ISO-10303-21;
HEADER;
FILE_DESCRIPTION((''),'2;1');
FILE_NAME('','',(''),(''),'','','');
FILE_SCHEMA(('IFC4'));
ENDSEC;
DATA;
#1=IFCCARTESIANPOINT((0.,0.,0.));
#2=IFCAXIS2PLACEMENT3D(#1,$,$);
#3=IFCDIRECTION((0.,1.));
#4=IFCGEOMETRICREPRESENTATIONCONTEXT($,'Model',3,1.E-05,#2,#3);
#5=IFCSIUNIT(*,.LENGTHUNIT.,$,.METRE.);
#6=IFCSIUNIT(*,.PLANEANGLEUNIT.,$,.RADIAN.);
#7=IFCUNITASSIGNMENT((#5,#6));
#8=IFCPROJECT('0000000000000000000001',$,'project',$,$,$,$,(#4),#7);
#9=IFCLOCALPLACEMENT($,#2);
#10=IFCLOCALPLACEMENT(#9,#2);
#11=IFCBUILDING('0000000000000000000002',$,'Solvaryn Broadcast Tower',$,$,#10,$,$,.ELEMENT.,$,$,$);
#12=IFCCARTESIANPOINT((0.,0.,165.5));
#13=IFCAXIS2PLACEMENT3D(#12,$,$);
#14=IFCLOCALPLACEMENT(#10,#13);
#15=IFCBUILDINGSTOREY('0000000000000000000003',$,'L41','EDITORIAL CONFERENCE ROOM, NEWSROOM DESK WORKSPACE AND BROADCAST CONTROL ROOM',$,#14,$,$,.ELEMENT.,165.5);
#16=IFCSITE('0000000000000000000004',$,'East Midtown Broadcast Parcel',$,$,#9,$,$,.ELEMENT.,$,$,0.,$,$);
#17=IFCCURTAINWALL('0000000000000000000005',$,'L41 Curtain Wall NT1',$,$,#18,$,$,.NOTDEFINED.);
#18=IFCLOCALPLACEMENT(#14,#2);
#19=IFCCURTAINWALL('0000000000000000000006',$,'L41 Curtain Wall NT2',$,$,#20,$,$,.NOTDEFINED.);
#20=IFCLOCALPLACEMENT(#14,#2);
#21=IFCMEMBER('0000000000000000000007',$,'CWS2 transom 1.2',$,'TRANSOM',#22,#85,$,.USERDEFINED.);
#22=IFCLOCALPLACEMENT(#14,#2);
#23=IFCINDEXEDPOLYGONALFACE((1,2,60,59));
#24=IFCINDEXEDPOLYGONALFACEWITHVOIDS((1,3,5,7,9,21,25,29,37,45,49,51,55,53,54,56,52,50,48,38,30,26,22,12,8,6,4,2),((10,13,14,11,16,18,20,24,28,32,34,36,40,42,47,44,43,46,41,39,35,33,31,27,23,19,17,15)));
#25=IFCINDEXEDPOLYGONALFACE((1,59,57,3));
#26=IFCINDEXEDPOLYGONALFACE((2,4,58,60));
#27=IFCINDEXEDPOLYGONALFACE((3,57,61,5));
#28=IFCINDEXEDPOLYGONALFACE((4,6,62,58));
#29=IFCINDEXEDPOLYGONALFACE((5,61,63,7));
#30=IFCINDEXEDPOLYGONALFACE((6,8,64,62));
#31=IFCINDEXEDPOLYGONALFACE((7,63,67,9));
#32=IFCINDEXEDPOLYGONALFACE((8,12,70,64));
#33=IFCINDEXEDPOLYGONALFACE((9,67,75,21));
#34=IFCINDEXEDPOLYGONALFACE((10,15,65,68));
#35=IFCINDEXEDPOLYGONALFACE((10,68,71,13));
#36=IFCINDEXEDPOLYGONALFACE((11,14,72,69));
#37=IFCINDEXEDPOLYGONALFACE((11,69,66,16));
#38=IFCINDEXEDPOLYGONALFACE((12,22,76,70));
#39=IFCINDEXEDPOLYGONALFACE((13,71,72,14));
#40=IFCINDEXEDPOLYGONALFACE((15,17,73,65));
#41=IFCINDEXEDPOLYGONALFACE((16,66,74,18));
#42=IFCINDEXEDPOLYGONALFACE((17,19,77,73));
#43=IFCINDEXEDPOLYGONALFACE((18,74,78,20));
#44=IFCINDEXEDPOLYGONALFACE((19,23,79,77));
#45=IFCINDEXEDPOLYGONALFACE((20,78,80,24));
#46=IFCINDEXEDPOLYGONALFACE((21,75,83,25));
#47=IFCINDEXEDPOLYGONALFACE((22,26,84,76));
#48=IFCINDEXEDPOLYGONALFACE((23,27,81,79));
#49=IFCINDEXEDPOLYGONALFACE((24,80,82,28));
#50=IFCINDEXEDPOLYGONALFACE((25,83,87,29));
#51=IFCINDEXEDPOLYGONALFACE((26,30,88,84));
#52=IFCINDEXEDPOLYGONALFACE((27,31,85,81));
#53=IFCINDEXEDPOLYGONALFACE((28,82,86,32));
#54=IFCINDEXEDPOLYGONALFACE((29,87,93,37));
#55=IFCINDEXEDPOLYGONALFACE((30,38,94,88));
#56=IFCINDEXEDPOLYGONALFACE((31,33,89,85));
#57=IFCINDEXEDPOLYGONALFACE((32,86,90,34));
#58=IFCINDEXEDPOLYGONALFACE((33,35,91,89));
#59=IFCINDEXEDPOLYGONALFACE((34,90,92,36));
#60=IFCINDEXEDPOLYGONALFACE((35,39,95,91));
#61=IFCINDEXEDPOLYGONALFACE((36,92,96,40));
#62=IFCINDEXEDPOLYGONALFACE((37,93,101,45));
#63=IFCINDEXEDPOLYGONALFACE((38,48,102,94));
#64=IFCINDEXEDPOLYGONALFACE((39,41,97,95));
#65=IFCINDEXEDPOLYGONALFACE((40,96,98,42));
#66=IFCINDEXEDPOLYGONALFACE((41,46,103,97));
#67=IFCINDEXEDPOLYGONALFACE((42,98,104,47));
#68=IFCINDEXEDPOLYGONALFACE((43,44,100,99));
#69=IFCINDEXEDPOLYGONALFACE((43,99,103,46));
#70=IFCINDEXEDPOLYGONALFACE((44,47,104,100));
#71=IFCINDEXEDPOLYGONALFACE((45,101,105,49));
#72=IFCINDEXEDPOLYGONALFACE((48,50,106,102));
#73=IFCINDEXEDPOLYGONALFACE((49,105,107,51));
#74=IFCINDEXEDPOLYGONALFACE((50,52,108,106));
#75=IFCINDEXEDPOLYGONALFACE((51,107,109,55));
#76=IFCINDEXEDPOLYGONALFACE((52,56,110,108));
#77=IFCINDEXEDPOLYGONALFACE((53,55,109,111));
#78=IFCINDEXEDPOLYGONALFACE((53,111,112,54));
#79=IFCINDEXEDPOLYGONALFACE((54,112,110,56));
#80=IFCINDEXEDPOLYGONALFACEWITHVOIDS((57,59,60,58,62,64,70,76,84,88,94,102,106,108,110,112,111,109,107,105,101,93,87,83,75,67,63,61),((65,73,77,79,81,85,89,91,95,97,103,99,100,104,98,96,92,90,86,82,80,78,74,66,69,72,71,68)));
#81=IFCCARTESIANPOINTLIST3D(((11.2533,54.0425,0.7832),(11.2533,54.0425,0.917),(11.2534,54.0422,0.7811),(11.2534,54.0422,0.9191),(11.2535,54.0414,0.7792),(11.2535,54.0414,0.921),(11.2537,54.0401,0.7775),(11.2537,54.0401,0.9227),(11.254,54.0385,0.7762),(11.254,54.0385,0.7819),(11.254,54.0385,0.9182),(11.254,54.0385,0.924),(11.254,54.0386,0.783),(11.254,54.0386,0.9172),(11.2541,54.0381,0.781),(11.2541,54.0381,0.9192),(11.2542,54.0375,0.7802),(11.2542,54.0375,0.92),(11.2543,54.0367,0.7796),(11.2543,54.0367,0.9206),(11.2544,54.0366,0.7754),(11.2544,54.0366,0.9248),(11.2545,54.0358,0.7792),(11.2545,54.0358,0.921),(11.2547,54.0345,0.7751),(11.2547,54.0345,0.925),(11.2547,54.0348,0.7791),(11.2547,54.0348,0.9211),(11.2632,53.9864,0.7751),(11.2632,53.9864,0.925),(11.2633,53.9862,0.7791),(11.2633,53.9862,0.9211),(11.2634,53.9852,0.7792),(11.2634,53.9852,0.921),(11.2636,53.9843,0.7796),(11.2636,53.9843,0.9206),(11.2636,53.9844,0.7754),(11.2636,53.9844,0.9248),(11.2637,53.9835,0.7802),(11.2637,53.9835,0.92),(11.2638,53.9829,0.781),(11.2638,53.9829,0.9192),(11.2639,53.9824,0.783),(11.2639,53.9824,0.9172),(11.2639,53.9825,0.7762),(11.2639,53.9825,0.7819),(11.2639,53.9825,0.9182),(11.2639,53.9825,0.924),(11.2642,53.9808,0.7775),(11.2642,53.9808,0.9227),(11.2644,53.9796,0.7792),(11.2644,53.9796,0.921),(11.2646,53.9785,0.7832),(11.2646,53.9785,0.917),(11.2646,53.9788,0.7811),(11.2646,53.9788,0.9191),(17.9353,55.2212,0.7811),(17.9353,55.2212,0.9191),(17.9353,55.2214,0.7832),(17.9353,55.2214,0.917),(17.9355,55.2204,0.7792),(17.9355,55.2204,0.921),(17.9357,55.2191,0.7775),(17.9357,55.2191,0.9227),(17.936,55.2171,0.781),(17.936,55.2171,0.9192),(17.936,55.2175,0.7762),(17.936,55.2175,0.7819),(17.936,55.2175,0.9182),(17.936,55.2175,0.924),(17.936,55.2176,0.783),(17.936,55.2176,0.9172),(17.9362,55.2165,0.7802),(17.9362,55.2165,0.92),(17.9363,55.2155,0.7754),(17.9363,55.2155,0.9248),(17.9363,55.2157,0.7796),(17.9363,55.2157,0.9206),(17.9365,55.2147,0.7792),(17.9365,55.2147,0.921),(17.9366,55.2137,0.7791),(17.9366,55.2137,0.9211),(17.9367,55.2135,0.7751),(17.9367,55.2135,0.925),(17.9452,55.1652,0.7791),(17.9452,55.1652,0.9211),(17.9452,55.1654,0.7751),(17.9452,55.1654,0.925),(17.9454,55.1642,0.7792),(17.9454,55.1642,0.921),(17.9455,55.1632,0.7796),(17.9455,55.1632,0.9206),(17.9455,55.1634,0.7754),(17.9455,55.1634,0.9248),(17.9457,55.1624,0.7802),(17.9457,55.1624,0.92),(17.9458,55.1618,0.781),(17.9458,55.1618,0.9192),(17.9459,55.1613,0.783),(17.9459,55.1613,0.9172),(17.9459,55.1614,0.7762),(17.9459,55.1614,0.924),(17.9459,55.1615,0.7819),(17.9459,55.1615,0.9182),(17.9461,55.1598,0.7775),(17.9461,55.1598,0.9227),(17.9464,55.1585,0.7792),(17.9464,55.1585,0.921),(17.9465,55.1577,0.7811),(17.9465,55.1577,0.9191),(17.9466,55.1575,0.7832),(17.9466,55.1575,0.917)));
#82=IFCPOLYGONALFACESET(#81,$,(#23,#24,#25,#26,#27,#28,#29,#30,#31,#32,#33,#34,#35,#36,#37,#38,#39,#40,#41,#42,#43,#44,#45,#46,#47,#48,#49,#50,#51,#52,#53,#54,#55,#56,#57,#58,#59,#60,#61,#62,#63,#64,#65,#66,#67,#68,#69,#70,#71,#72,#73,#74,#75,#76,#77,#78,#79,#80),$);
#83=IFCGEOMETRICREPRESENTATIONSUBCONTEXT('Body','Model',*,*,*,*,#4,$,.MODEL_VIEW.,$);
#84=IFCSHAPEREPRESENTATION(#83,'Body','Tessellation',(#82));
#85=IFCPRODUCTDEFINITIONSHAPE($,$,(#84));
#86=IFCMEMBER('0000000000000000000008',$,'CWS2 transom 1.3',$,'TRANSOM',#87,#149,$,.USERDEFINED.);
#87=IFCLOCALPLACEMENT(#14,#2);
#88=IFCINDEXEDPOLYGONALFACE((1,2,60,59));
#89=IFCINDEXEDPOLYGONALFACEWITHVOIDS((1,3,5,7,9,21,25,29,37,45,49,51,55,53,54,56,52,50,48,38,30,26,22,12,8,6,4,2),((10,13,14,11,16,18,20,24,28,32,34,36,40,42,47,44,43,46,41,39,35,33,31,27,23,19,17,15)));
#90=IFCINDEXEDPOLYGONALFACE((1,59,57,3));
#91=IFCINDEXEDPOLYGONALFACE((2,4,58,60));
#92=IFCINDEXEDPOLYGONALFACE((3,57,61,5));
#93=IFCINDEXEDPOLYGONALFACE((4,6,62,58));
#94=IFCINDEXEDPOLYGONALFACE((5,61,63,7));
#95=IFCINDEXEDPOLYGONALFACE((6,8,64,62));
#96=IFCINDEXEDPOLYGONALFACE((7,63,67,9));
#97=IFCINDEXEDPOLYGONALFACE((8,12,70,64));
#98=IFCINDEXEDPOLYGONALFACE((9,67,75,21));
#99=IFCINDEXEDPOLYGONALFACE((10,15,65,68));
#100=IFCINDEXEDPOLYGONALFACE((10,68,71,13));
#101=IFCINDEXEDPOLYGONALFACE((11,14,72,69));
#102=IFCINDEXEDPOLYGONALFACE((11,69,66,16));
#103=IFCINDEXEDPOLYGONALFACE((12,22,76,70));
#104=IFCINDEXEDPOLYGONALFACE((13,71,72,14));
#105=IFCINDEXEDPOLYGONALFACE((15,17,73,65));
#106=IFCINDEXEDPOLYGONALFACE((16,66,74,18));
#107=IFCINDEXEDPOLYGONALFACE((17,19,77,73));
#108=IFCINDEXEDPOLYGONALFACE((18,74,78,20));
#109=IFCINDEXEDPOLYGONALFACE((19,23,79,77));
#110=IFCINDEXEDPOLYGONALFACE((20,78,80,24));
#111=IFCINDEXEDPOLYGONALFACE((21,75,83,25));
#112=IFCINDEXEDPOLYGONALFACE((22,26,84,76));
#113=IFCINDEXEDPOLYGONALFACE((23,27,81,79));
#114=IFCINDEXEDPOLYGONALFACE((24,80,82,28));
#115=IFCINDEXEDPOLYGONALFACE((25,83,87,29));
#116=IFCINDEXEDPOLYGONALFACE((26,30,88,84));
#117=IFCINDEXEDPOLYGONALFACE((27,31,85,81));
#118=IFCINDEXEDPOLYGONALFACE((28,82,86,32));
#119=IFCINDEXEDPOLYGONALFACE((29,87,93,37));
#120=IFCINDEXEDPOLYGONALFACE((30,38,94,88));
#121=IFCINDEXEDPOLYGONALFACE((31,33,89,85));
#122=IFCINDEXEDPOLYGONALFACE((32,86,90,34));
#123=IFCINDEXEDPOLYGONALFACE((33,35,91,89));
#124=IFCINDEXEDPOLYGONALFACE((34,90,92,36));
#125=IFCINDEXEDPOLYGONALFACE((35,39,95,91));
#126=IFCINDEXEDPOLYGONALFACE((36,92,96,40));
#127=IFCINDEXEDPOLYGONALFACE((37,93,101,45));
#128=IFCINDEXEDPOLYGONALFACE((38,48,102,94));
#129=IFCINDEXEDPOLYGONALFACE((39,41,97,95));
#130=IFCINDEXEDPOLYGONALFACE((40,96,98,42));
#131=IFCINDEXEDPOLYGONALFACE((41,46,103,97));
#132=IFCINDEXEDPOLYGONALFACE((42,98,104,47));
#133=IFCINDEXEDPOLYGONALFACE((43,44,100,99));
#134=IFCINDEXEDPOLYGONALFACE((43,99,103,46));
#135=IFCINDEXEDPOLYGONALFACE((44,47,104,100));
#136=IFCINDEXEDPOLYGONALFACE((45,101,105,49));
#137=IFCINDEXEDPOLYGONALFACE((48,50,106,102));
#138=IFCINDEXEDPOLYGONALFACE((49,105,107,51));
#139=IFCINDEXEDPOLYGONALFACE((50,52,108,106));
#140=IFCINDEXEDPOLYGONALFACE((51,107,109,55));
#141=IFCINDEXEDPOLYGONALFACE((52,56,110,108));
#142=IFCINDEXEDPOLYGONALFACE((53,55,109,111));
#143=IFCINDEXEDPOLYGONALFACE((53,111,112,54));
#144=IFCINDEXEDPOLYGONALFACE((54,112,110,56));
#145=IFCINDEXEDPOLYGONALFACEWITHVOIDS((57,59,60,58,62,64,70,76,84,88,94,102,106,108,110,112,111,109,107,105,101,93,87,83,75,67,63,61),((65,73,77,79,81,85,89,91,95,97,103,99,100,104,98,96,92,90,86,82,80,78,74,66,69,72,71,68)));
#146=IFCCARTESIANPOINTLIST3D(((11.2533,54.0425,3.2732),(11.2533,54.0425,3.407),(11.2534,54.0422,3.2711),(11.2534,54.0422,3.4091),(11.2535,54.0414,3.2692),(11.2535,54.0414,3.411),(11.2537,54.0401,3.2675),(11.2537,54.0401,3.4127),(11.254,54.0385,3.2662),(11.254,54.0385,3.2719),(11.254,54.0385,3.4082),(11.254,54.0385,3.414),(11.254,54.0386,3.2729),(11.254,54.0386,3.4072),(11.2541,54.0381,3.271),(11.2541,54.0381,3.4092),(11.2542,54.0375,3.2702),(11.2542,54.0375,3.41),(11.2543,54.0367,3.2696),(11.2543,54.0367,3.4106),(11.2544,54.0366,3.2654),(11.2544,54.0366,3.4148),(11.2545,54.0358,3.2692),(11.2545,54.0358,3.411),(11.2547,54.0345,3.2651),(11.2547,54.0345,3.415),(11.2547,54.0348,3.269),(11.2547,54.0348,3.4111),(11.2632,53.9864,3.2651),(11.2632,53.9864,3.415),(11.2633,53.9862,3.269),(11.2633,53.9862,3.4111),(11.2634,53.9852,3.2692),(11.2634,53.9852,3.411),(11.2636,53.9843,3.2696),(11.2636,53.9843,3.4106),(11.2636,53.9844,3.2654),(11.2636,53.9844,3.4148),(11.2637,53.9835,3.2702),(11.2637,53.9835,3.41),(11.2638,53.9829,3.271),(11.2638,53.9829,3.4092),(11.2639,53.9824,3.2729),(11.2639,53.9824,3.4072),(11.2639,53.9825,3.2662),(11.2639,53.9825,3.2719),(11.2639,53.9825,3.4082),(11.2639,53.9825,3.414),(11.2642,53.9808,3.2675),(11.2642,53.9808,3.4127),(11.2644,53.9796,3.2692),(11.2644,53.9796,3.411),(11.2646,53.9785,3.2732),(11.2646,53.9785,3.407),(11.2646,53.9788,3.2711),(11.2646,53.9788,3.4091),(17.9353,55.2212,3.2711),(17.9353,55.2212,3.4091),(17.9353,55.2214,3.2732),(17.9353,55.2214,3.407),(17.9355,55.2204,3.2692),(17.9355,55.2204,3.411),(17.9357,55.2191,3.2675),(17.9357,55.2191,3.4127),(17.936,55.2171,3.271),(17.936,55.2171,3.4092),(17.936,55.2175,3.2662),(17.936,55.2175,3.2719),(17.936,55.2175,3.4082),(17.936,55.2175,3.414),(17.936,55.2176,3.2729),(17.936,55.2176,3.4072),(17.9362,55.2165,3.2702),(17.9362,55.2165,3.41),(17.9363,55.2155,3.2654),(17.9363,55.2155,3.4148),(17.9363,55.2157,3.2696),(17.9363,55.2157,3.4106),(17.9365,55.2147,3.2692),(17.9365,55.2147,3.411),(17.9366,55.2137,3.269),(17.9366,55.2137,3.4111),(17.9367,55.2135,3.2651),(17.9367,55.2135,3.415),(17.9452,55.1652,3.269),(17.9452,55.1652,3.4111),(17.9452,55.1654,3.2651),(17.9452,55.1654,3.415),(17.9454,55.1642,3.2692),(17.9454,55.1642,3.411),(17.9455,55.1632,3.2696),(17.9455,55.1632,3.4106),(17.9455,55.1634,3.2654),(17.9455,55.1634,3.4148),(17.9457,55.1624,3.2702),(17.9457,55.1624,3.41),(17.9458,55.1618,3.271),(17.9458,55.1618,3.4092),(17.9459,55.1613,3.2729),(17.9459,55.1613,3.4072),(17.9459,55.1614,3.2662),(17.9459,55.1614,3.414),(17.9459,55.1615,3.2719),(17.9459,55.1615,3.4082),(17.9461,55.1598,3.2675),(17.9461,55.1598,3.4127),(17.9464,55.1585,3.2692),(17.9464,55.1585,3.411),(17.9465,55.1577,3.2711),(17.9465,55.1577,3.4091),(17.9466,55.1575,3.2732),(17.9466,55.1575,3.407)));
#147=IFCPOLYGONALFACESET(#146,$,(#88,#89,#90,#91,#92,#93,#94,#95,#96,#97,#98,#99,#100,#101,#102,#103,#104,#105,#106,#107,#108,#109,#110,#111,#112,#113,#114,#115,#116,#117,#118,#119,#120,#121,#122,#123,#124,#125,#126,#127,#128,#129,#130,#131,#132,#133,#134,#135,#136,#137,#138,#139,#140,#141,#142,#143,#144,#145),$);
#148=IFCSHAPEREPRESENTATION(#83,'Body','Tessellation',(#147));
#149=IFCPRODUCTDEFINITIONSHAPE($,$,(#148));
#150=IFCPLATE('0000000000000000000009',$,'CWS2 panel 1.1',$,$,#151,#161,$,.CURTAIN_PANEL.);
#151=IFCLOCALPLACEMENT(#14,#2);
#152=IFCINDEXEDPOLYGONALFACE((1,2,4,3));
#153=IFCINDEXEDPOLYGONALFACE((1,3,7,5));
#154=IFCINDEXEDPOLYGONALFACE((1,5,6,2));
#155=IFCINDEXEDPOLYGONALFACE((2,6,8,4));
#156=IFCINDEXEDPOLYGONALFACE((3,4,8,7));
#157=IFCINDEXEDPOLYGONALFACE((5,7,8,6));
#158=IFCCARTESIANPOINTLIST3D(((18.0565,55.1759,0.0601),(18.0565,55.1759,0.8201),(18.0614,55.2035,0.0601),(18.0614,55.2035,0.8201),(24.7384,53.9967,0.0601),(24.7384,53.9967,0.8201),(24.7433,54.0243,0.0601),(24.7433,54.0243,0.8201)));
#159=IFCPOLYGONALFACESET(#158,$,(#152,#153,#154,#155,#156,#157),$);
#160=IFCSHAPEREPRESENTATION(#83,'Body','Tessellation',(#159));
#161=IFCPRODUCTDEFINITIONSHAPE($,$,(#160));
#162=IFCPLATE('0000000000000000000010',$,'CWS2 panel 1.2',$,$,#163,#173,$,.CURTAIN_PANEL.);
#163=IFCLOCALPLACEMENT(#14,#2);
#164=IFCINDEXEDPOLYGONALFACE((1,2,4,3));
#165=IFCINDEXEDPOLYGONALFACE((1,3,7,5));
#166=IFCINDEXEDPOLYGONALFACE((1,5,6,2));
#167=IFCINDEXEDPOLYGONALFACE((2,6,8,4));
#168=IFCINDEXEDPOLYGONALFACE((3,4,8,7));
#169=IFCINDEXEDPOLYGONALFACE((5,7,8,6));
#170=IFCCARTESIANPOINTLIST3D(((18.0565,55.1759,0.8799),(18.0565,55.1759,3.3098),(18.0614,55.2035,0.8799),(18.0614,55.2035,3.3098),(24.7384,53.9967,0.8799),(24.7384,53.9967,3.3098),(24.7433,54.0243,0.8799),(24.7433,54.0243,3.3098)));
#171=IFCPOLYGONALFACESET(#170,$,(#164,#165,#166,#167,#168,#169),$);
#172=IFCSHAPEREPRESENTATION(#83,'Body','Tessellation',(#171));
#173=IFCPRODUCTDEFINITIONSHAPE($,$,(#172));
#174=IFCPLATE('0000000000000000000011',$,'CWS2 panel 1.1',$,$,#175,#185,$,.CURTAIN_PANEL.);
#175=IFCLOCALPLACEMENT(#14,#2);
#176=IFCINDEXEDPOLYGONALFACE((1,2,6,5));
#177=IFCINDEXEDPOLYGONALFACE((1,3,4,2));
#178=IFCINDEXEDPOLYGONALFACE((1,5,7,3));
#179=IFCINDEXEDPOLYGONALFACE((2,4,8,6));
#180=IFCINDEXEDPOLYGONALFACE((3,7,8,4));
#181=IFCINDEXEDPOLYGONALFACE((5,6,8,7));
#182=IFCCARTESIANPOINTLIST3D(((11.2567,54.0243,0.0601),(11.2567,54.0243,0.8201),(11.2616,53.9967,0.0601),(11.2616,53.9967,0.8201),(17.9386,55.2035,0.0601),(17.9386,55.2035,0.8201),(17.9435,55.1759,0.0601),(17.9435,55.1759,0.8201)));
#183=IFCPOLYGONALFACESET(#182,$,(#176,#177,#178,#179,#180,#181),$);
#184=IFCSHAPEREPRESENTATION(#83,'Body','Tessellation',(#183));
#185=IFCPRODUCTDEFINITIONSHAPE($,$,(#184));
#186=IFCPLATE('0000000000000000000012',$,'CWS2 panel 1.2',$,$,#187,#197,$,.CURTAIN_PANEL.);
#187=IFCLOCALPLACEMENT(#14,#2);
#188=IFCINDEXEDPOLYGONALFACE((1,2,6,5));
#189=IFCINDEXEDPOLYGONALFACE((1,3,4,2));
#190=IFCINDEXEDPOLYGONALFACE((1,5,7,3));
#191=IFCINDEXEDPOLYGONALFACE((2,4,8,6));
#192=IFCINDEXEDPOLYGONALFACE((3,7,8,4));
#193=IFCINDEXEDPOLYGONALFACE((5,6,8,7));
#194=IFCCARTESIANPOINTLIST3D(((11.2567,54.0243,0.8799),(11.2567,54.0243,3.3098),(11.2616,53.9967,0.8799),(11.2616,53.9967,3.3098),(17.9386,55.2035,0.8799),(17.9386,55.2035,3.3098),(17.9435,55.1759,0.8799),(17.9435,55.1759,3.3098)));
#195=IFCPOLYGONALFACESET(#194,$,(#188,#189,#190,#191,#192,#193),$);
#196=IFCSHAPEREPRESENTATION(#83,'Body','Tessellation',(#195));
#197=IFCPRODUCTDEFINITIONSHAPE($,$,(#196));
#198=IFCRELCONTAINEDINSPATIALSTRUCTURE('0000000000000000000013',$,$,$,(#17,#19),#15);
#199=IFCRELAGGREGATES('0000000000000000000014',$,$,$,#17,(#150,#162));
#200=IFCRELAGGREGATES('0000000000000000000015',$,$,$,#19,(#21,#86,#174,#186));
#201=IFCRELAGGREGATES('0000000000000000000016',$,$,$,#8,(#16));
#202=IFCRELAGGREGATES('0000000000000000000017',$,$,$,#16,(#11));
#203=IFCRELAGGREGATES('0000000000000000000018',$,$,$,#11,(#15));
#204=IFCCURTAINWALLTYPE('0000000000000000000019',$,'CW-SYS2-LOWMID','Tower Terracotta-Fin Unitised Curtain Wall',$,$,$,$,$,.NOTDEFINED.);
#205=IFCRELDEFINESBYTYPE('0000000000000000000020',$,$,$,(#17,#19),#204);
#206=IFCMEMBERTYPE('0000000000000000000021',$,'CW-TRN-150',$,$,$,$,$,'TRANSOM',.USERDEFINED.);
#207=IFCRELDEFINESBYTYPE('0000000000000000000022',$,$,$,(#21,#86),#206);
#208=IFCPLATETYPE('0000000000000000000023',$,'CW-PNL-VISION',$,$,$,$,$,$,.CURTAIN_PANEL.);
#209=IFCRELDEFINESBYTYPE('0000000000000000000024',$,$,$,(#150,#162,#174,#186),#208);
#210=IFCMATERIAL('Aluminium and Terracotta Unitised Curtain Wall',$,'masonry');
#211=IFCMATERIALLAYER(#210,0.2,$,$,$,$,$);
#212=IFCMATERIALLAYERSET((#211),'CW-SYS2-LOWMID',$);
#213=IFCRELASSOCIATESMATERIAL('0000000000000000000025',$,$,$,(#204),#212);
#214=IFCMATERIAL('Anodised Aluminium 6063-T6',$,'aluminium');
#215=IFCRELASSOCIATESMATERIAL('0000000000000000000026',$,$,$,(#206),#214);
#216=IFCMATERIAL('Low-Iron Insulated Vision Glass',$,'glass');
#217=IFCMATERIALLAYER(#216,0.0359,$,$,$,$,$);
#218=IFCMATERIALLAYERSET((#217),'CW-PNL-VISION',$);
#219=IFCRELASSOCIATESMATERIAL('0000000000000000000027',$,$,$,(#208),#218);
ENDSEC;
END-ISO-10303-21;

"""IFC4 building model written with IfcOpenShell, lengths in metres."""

from ifc_helpers import new_model, si_unit, direction, frame, origin, origin_2d, place, context, subcontext, project, spatial, rectangle, hollow_rectangle, extrude, material, layer, layer_set, material_profile, profile_set, type_object, element, aggregate, save


model = new_model("IFC4")

# Units and contexts
model_context = context("Model", 3, precision=1e-05, world=origin(), true_north=direction((0.0, 1.0)))
body_context = subcontext(model_context, "Body", "Model", "MODEL_VIEW")
ifc_project = project(units=[si_unit("LENGTHUNIT", "METRE"), si_unit("PLANEANGLEUNIT", "RADIAN")], contexts=[model_context])

# Site, building, storey
site_placement = place(None, origin())
site = spatial("IfcSite", under=ifc_project, at=site_placement, Name="East Midtown Broadcast Parcel", CompositionType="ELEMENT", RefElevation=0.0)
building_placement = place(site_placement, origin())
building = spatial("IfcBuilding", under=site, at=building_placement, Name="Solvaryn Broadcast Tower", CompositionType="ELEMENT")
storey_placement = place(building_placement, frame((0.0, 0.0, 165.5)))
storey = spatial("IfcBuildingStorey", under=building, at=storey_placement, Name="L41", Description="EDITORIAL CONFERENCE ROOM, NEWSROOM DESK WORKSPACE AND BROADCAST CONTROL ROOM", CompositionType="ELEMENT", Elevation=165.5)

# Curtain wall
ifc_material_1 = material(Name="Aluminium and Terracotta Unitised Curtain Wall", Category="masonry")
ifc_layer_1 = layer(ifc_material_1, 0.2)
ifc_layer_set_1 = layer_set([ifc_layer_1], Name="CW-SYS2-LOWMID")
curtain_wall_type = type_object("IfcCurtainWallType", Name="CW-SYS2-LOWMID", Description="Tower Terracotta-Fin Unitised Curtain Wall", PredefinedType="NOTDEFINED", material=ifc_layer_set_1)
curtain_wall_1_placement = place(storey_placement, origin())
curtain_wall_1 = element("IfcCurtainWall", 1, at=curtain_wall_1_placement, inside=storey, type_object=curtain_wall_type, Name="L41 Curtain Wall NT1", PredefinedType="NOTDEFINED")

# Curtain wall, members
curtain_wall_2_placement = place(storey_placement, origin())
curtain_wall_2 = element("IfcCurtainWall", 2, at=curtain_wall_2_placement, inside=storey, type_object=curtain_wall_type, Name="L41 Curtain Wall NT2", PredefinedType="NOTDEFINED")
ifc_material_2 = material(Name="Anodised Aluminium 6063-T6", Category="aluminium")
ifc_material_profile_1 = material_profile(ifc_material_2, hollow_rectangle(XDim=0.0649, YDim=0.1499, WallThickness=0.0039, InnerFilletRadius=0.0039, OuterFilletRadius=0.0081, at=origin_2d()))
ifc_profile_set_1 = profile_set([ifc_material_profile_1], Name="Anodised Aluminium 6063-T6")
member_type_1 = type_object("IfcMemberType", Name="CW-TRN-150", ElementType="TRANSOM", PredefinedType="USERDEFINED", material=ifc_profile_set_1)
member_1_placement = place(storey_placement, frame((17.9409, 55.1895, 0.8501), z_axis=(-0.984789, -0.173757, 0.0), x_axis=(0.173757, -0.984789, 0.0)))
member_1 = element("IfcMember", 3, at=member_1_placement, type_object=member_type_1, Name="CWS2 transom 1.2", ObjectType="TRANSOM", PredefinedType="USERDEFINED", context=body_context, shape_type="SweptSolid", body=[
    extrude(hollow_rectangle(XDim=0.0649, YDim=0.1499, WallThickness=0.0039, InnerFilletRadius=0.0039, OuterFilletRadius=0.0081, at=origin_2d()), origin(), (0.0, 0.0, 1.0), 6.7852),
])
member_2_placement = place(storey_placement, frame((17.9409, 55.1895, 3.3401), z_axis=(-0.984789, -0.173757, 0.0), x_axis=(0.173757, -0.984789, 0.0)))
member_2 = element("IfcMember", 4, at=member_2_placement, type_object=member_type_1, Name="CWS2 transom 1.3", ObjectType="TRANSOM", PredefinedType="USERDEFINED", context=body_context, shape_type="SweptSolid", body=[
    extrude(hollow_rectangle(XDim=0.0649, YDim=0.1499, WallThickness=0.0039, InnerFilletRadius=0.0039, OuterFilletRadius=0.0081, at=origin_2d()), origin(), (0.0, 0.0, 1.0), 6.7852),
])

# Plates
ifc_material_3 = material(Name="Low-Iron Insulated Vision Glass", Category="glass")
ifc_layer_2 = layer(ifc_material_3, 0.0359)
ifc_layer_set_2 = layer_set([ifc_layer_2], Name="CW-PNL-VISION")
plate_type = type_object("IfcPlateType", Name="CW-PNL-VISION", PredefinedType="CURTAIN_PANEL", material=ifc_layer_set_2)
plate_1_placement = place(storey_placement, frame((21.3999, 54.6001, 0.0601), z_axis=(0.0, 0.0, 1.0), x_axis=(-0.984784, 0.173785, 0.0)))
plate_1 = element("IfcPlate", 5, at=plate_1_placement, type_object=plate_type, Name="CWS2 panel 1.1", PredefinedType="CURTAIN_PANEL", context=body_context, shape_type="SweptSolid", body=[
    extrude(rectangle(XDim=6.7852, YDim=0.0281, at=origin_2d()), origin(), (0.0, 0.0, 1.0), 0.76),
])
plate_2_placement = place(storey_placement, frame((21.3999, 54.6001, 0.8799), z_axis=(0.0, 0.0, 1.0), x_axis=(-0.984784, 0.173785, 0.0)))
plate_2 = element("IfcPlate", 6, at=plate_2_placement, type_object=plate_type, Name="CWS2 panel 1.2", PredefinedType="CURTAIN_PANEL", context=body_context, shape_type="SweptSolid", body=[
    extrude(rectangle(XDim=6.7852, YDim=0.0281, at=origin_2d()), origin(), (0.0, 0.0, 1.0), 2.4299),
])
aggregate(curtain_wall_1, [plate_1, plate_2])
plate_3_placement = place(storey_placement, frame((14.6001, 54.6001, 0.0601), z_axis=(0.0, 0.0, 1.0), x_axis=(-0.984784, -0.173785, 0.0)))
plate_3 = element("IfcPlate", 7, at=plate_3_placement, type_object=plate_type, Name="CWS2 panel 1.1", PredefinedType="CURTAIN_PANEL", context=body_context, shape_type="SweptSolid", body=[
    extrude(rectangle(XDim=6.7852, YDim=0.0281, at=origin_2d()), origin(), (0.0, 0.0, 1.0), 0.76),
])
plate_4_placement = place(storey_placement, frame((14.6001, 54.6001, 0.8799), z_axis=(0.0, 0.0, 1.0), x_axis=(-0.984784, -0.173785, 0.0)))
plate_4 = element("IfcPlate", 8, at=plate_4_placement, type_object=plate_type, Name="CWS2 panel 1.2", PredefinedType="CURTAIN_PANEL", context=body_context, shape_type="SweptSolid", body=[
    extrude(rectangle(XDim=6.7852, YDim=0.0281, at=origin_2d()), origin(), (0.0, 0.0, 1.0), 2.4299),
])
aggregate(curtain_wall_2, [member_1, member_2, plate_3, plate_4])

save(model, "model.ifc")
